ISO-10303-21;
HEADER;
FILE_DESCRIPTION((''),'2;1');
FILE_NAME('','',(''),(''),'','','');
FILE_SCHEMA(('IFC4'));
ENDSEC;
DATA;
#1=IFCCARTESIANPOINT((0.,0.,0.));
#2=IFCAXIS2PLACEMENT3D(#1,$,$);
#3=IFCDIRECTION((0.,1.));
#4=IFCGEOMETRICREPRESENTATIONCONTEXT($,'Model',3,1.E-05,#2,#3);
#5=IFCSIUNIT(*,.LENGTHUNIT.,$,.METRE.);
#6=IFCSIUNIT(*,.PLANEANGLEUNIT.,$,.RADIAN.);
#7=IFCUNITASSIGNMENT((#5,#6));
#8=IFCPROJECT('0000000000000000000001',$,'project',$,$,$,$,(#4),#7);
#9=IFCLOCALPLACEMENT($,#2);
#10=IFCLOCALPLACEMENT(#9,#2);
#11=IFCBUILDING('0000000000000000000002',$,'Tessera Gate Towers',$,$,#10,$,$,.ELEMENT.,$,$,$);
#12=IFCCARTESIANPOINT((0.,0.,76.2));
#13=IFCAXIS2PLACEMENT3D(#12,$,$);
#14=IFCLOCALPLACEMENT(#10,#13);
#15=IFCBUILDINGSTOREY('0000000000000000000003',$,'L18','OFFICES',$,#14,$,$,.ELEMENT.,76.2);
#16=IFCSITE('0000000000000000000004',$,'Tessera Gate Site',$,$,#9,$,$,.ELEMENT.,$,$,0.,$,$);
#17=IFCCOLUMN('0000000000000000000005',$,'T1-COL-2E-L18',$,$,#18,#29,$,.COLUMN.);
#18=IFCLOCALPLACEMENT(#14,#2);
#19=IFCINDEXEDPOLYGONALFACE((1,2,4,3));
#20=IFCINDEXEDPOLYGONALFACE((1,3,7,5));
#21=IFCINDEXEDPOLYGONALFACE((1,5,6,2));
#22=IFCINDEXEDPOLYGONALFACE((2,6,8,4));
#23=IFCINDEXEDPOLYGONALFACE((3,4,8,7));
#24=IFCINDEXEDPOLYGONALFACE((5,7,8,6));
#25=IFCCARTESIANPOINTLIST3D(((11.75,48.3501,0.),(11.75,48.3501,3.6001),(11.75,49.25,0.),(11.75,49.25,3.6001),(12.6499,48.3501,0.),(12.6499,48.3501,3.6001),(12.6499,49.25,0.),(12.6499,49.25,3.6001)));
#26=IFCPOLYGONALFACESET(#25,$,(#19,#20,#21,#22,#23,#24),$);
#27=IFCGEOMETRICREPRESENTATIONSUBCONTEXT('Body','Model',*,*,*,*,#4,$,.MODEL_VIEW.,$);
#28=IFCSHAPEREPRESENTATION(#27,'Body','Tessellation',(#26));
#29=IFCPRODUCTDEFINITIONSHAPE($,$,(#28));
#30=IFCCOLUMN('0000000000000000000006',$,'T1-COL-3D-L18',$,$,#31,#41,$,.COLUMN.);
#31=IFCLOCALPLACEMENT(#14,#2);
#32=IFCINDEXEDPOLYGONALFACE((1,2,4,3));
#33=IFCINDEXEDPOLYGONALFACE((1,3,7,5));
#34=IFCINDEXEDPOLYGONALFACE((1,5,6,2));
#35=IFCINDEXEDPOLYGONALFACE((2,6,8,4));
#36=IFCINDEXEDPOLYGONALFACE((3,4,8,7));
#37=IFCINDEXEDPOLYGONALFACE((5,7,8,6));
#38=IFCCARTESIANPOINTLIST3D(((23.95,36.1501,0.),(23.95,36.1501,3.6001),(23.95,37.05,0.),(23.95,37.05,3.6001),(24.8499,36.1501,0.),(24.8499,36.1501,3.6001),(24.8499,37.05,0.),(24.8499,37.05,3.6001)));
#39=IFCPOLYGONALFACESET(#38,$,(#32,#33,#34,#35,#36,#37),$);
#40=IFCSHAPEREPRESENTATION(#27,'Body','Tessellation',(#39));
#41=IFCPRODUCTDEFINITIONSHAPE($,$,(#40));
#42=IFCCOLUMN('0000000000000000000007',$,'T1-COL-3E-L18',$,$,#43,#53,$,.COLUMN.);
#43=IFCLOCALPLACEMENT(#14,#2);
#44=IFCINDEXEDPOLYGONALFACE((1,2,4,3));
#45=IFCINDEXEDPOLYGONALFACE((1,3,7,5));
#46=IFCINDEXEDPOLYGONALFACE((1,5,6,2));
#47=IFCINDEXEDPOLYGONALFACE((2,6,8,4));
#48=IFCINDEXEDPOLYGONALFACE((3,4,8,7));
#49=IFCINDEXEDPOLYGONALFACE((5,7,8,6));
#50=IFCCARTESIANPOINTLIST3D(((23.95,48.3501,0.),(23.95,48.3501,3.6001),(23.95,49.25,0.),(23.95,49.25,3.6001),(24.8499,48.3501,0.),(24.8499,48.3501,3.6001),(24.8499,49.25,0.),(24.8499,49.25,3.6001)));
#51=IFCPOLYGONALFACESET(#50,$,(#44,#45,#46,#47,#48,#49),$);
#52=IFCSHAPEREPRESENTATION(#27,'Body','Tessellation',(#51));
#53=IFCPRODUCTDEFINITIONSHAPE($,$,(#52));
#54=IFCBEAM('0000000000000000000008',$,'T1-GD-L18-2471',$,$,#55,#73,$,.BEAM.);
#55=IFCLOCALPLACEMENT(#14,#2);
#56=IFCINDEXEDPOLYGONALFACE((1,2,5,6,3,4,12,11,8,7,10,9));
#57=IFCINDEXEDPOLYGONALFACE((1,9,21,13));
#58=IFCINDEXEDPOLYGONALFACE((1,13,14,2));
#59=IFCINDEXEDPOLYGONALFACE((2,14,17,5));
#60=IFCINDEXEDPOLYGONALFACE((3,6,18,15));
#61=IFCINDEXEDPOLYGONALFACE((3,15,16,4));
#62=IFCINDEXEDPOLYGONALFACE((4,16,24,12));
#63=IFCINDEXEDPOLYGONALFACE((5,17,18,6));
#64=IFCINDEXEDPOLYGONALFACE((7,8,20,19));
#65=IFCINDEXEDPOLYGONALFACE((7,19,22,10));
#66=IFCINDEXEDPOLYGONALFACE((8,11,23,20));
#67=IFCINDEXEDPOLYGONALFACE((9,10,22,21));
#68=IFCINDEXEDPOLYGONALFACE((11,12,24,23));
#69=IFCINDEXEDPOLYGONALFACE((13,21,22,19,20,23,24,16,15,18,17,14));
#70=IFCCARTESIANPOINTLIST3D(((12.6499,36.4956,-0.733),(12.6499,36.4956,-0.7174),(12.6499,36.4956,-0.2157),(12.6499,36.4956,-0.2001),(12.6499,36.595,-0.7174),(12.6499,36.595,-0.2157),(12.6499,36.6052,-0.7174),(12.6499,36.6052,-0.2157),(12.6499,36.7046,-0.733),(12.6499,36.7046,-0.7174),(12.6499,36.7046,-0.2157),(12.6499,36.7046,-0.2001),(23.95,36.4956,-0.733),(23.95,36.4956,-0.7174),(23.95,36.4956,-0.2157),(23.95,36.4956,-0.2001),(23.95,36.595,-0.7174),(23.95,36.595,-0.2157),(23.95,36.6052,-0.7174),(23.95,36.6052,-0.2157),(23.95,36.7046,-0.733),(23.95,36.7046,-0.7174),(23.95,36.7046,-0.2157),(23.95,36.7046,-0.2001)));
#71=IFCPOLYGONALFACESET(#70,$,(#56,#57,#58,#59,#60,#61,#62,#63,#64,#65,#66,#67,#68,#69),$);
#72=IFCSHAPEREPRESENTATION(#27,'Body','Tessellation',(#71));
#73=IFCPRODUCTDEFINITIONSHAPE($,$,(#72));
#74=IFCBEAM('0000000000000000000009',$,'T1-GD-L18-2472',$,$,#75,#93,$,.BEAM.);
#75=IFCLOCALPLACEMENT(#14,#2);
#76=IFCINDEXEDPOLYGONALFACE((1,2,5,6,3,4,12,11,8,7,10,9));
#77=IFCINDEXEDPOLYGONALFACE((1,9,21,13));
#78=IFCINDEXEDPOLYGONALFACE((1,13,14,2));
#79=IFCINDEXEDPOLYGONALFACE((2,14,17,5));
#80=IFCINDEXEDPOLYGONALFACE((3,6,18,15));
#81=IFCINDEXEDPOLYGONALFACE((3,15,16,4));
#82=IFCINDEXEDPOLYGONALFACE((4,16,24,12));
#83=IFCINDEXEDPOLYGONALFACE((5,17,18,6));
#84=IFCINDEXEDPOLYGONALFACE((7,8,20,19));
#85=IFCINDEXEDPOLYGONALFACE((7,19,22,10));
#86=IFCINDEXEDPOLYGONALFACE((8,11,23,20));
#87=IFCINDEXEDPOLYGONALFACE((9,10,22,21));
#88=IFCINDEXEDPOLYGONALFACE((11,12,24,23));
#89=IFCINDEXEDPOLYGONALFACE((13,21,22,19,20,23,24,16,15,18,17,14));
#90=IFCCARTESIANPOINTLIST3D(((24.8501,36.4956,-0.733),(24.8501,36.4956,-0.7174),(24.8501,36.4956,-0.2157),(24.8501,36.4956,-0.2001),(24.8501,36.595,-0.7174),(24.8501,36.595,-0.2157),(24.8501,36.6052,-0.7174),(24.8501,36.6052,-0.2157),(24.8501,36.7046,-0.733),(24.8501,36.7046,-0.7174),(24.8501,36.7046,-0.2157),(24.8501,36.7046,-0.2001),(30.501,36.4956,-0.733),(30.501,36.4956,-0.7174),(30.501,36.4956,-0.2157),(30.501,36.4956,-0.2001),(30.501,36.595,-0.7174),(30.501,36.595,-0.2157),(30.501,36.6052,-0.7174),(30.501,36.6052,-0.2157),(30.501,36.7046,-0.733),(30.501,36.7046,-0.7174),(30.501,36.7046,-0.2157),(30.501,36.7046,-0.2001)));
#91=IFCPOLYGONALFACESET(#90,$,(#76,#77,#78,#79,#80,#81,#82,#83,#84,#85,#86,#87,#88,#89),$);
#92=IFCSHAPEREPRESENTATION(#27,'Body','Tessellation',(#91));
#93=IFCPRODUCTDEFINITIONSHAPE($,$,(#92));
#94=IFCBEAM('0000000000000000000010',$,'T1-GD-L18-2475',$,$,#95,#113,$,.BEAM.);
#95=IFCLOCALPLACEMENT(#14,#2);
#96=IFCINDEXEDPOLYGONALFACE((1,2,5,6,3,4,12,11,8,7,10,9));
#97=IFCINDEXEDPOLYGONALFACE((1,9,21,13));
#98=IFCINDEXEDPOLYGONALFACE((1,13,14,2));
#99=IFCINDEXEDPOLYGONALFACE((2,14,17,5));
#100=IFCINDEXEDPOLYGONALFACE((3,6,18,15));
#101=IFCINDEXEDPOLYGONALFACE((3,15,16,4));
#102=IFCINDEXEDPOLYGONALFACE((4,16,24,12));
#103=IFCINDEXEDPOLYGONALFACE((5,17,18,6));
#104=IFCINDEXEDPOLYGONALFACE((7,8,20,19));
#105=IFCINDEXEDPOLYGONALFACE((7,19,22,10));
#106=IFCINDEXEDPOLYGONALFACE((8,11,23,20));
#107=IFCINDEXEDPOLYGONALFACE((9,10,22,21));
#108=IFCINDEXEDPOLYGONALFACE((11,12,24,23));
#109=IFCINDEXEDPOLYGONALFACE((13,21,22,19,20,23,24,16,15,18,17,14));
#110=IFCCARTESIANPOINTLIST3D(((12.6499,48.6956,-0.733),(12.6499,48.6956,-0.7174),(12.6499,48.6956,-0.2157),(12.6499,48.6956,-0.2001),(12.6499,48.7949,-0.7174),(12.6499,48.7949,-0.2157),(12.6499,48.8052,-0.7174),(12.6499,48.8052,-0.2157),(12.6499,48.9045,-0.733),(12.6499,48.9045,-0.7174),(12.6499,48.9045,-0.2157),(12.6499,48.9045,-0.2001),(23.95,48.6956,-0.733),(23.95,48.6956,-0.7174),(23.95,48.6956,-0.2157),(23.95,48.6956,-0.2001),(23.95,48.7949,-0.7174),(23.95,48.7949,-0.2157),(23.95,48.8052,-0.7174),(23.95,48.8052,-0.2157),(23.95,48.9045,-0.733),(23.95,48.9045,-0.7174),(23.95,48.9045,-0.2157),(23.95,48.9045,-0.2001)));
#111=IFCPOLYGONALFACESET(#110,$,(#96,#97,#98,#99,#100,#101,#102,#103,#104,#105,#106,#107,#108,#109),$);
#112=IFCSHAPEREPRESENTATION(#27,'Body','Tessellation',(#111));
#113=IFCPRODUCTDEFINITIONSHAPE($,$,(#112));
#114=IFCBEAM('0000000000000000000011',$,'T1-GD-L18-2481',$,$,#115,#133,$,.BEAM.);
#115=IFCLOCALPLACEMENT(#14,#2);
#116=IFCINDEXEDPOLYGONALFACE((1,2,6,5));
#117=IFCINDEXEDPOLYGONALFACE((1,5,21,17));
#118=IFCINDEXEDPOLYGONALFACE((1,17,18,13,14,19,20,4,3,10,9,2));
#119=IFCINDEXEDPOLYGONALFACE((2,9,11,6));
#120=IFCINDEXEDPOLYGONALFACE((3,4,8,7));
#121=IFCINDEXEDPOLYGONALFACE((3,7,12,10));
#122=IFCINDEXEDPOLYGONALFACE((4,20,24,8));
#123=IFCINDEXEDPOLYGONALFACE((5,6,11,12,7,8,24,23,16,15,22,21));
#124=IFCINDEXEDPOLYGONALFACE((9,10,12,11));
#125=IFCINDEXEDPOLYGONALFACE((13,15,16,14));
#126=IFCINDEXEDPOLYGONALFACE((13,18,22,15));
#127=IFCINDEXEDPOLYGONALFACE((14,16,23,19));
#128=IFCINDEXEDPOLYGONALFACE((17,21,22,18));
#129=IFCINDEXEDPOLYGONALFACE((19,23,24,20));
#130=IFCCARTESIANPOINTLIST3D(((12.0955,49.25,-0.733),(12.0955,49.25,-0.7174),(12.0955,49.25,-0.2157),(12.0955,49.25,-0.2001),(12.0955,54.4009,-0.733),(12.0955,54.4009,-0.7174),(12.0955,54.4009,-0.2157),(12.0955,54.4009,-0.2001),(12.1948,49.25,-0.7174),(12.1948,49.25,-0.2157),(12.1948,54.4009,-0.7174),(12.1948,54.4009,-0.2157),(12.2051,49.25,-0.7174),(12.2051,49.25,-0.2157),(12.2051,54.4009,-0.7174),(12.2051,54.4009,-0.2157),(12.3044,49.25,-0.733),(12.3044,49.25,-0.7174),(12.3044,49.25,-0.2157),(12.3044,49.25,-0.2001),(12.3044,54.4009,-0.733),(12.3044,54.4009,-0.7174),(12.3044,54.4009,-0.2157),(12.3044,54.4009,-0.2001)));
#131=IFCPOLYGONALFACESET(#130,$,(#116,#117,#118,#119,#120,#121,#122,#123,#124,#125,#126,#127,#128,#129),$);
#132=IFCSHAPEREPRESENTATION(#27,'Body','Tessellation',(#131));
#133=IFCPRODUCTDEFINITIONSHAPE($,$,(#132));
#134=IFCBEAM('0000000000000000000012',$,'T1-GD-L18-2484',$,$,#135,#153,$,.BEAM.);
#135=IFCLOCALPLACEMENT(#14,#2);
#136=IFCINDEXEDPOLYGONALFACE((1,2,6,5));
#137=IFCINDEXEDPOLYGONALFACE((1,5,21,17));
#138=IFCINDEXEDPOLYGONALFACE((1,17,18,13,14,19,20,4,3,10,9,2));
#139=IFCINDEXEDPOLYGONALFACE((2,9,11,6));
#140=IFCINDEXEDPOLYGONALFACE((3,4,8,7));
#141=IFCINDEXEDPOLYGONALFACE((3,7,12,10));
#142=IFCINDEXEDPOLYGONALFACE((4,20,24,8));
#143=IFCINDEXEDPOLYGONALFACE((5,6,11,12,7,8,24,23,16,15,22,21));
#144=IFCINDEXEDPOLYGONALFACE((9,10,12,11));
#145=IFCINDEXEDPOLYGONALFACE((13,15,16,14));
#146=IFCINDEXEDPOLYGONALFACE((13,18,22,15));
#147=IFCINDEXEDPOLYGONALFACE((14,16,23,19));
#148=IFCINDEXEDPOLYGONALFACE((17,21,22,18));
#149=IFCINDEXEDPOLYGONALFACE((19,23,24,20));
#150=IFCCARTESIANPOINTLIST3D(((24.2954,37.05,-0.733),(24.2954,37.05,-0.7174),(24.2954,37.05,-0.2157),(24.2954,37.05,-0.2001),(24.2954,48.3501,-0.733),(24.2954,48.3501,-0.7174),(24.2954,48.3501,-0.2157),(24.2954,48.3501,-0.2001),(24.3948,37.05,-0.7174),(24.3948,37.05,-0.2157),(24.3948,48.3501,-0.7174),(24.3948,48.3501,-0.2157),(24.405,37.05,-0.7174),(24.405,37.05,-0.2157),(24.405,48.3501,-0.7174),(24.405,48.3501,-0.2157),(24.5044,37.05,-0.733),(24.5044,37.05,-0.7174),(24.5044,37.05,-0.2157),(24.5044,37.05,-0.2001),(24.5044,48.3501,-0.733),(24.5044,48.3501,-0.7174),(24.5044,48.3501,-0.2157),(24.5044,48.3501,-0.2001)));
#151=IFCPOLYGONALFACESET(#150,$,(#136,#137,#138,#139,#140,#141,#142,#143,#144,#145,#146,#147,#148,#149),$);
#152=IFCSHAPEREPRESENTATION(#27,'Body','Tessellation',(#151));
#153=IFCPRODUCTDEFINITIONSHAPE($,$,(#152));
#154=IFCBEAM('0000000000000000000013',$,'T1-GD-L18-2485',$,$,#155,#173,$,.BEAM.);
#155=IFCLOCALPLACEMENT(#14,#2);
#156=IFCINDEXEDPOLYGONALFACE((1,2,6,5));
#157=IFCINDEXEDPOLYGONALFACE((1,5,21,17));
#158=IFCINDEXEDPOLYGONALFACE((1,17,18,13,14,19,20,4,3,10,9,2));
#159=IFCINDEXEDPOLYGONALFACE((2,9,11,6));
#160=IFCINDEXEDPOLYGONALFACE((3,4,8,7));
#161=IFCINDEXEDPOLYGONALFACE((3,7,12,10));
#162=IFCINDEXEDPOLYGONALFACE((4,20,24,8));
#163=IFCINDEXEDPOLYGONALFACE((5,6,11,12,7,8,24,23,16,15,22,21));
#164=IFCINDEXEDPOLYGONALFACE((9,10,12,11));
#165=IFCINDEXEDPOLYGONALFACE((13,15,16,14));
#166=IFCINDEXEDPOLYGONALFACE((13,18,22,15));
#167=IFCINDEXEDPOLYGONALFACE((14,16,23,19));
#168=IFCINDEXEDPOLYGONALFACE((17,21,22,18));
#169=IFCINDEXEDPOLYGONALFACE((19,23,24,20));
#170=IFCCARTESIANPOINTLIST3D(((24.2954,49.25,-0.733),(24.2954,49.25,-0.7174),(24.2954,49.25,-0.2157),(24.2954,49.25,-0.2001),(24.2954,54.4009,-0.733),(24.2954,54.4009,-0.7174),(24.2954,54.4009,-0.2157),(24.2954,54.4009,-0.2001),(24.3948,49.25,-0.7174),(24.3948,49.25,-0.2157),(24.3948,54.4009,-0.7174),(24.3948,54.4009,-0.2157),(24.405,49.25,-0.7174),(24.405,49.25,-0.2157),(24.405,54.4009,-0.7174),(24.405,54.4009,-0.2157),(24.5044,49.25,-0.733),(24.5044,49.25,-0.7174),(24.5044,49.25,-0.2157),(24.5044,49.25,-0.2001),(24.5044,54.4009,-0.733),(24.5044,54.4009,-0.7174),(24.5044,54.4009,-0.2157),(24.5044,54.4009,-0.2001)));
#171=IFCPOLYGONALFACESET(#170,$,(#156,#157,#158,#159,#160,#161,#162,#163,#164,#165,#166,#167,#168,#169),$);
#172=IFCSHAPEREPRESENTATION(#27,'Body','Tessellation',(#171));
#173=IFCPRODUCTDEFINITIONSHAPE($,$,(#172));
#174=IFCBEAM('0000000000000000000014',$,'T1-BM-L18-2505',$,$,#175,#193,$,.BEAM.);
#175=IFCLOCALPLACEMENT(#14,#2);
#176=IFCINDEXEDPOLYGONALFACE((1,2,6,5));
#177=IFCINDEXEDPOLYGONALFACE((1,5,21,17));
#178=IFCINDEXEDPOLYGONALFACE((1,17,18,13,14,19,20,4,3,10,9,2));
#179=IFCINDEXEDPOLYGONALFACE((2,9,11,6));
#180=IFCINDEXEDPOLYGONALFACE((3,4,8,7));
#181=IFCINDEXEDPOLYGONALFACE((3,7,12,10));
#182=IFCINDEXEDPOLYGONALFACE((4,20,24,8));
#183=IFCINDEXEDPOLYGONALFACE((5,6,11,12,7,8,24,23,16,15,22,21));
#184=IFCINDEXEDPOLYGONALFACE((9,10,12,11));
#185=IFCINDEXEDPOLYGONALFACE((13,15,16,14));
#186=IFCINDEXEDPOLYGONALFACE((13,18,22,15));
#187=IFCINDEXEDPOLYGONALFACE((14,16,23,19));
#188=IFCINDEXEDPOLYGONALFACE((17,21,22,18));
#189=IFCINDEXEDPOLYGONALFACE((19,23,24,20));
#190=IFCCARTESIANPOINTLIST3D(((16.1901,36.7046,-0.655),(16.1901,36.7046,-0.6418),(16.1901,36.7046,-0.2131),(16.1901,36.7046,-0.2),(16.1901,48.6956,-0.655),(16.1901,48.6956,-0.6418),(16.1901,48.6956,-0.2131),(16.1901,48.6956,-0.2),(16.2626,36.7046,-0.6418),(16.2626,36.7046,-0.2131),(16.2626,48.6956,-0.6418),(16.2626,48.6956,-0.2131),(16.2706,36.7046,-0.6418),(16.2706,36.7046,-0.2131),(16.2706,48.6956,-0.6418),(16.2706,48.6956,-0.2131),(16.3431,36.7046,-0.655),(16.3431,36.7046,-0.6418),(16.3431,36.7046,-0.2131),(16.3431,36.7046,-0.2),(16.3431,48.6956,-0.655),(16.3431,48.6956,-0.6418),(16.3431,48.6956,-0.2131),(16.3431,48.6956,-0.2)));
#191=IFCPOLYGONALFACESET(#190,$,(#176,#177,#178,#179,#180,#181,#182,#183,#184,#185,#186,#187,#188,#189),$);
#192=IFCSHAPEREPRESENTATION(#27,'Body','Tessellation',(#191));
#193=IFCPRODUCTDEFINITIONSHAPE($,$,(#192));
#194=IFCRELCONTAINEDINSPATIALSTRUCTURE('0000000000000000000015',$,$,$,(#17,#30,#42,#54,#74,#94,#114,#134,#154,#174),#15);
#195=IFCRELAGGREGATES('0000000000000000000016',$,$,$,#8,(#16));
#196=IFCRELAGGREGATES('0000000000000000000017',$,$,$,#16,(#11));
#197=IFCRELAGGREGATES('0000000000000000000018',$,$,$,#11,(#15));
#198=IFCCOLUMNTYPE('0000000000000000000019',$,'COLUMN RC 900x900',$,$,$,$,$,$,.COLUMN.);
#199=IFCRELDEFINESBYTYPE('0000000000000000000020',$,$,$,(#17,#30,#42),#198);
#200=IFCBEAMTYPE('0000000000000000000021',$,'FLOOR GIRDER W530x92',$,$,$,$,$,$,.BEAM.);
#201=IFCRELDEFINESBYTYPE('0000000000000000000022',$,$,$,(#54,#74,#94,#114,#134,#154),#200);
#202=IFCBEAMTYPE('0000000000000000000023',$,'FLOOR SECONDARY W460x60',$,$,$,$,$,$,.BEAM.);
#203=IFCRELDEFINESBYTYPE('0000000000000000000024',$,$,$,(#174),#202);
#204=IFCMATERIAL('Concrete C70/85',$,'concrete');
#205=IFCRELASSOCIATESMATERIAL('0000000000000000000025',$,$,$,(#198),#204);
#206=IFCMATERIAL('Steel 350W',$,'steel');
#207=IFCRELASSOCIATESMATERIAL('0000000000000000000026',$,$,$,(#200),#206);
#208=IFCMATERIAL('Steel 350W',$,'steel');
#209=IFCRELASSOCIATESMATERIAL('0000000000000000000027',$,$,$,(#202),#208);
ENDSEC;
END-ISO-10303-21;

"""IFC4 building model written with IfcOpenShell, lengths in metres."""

from ifc_helpers import new_model, si_unit, direction, frame, origin, origin_2d, place, context, subcontext, project, spatial, rectangle, i_section, extrude, material, material_profile, profile_set, type_object, element, save


model = new_model("IFC4")

# Units and contexts
model_context = context("Model", 3, precision=1e-05, world=origin(), true_north=direction((0.0, 1.0)))
body_context = subcontext(model_context, "Body", "Model", "MODEL_VIEW")
ifc_project = project(units=[si_unit("LENGTHUNIT", "METRE"), si_unit("PLANEANGLEUNIT", "RADIAN")], contexts=[model_context])

# Site, building, storey
site_placement = place(None, origin())
site = spatial("IfcSite", under=ifc_project, at=site_placement, Name="Tessera Gate Site", CompositionType="ELEMENT", RefElevation=0.0)
building_placement = place(site_placement, origin())
building = spatial("IfcBuilding", under=site, at=building_placement, Name="Tessera Gate Towers", CompositionType="ELEMENT")
storey_placement = place(building_placement, frame((0.0, 0.0, 76.2)))
storey = spatial("IfcBuildingStorey", under=building, at=storey_placement, Name="L18", Description="OFFICES", CompositionType="ELEMENT", Elevation=76.2)

# Columns
ifc_material_1 = material(Name="Concrete C70/85", Category="concrete")
ifc_material_profile_1 = material_profile(ifc_material_1, rectangle(XDim=0.8999, YDim=0.8999, at=origin_2d()), Name="RC 900x900")
ifc_profile_set_1 = profile_set([ifc_material_profile_1], Name="Concrete C70/85")
column_type = type_object("IfcColumnType", Name="COLUMN RC 900x900", PredefinedType="COLUMN", material=ifc_profile_set_1)
for number, where, z_axis, x_axis, name in (
    (1, (12.2, 48.8, 0.0), (0.0, 0.0, 1.0), (1.0, 0.0, 0.0), "T1-COL-2E-L18"),
    (2, (24.3999, 36.6001, 0.0), (0.0, 0.0, 1.0), (1.0, 0.0, 0.0), "T1-COL-3D-L18"),
    (3, (24.3999, 48.8, 0.0), (0.0, 0.0, 1.0), (1.0, 0.0, 0.0), "T1-COL-3E-L18"),
):
    element("IfcColumn", number, at=place(storey_placement, frame(where, z_axis=z_axis, x_axis=x_axis)), inside=storey, type_object=column_type, Name=name, PredefinedType="COLUMN", context=body_context, shape_type="SweptSolid", body=[
        extrude(rectangle(XDim=0.8999, YDim=0.8999, at=origin_2d()), origin(), (0.0, 0.0, 1.0), 3.6001),
    ])

# Beams
ifc_material_2 = material(Name="Steel 350W", Category="steel")
ifc_material_profile_2 = material_profile(ifc_material_2, i_section(OverallWidth=0.209, OverallDepth=0.533, WebThickness=0.0103, FlangeThickness=0.0156, at=origin_2d()), Name="W530x92")
ifc_profile_set_2 = profile_set([ifc_material_profile_2], Name="Steel 350W")
beam_type_1 = type_object("IfcBeamType", Name="FLOOR GIRDER W530x92", PredefinedType="BEAM", material=ifc_profile_set_2)
beam_1_placement = place(storey_placement, frame((12.6499, 36.6001, -0.4666), z_axis=(1.0, 0.0, 0.0), x_axis=(0.0, 1.0, 0.0)))
element("IfcBeam", 4, at=beam_1_placement, inside=storey, type_object=beam_type_1, Name="T1-GD-L18-2471", PredefinedType="BEAM", context=body_context, shape_type="SweptSolid", body=[
    extrude(i_section(OverallWidth=0.209, OverallDepth=0.533, WebThickness=0.0103, FlangeThickness=0.0156, at=origin_2d()), origin(), (0.0, 0.0, 1.0), 11.3),
])
beam_2_placement = place(storey_placement, frame((24.8501, 36.6001, -0.4666), z_axis=(1.0, 0.0, 0.0), x_axis=(0.0, 1.0, 0.0)))
element("IfcBeam", 5, at=beam_2_placement, inside=storey, type_object=beam_type_1, Name="T1-GD-L18-2472", PredefinedType="BEAM", context=body_context, shape_type="SweptSolid", body=[
    extrude(i_section(OverallWidth=0.209, OverallDepth=0.533, WebThickness=0.0103, FlangeThickness=0.0156, at=origin_2d()), origin(), (0.0, 0.0, 1.0), 5.6509),
])
beam_3_placement = place(storey_placement, frame((12.6499, 48.8, -0.4666), z_axis=(1.0, 0.0, 0.0), x_axis=(0.0, 1.0, 0.0)))
element("IfcBeam", 6, at=beam_3_placement, inside=storey, type_object=beam_type_1, Name="T1-GD-L18-2475", PredefinedType="BEAM", context=body_context, shape_type="SweptSolid", body=[
    extrude(i_section(OverallWidth=0.209, OverallDepth=0.533, WebThickness=0.0103, FlangeThickness=0.0156, at=origin_2d()), origin(), (0.0, 0.0, 1.0), 11.3),
])
beam_4_placement = place(storey_placement, frame((12.2, 49.25, -0.4666), z_axis=(0.0, 1.0, 0.0), x_axis=(-1.0, 0.0, 0.0)))
element("IfcBeam", 7, at=beam_4_placement, inside=storey, type_object=beam_type_1, Name="T1-GD-L18-2481", PredefinedType="BEAM", context=body_context, shape_type="SweptSolid", body=[
    extrude(i_section(OverallWidth=0.209, OverallDepth=0.533, WebThickness=0.0103, FlangeThickness=0.0156, at=origin_2d()), origin(), (0.0, 0.0, 1.0), 5.1509),
])
beam_5_placement = place(storey_placement, frame((24.3999, 37.05, -0.4666), z_axis=(0.0, 1.0, 0.0), x_axis=(-1.0, 0.0, 0.0)))
element("IfcBeam", 8, at=beam_5_placement, inside=storey, type_object=beam_type_1, Name="T1-GD-L18-2484", PredefinedType="BEAM", context=body_context, shape_type="SweptSolid", body=[
    extrude(i_section(OverallWidth=0.209, OverallDepth=0.533, WebThickness=0.0103, FlangeThickness=0.0156, at=origin_2d()), origin(), (0.0, 0.0, 1.0), 11.3),
])
beam_6_placement = place(storey_placement, frame((24.3999, 49.25, -0.4666), z_axis=(0.0, 1.0, 0.0), x_axis=(-1.0, 0.0, 0.0)))
element("IfcBeam", 9, at=beam_6_placement, inside=storey, type_object=beam_type_1, Name="T1-GD-L18-2485", PredefinedType="BEAM", context=body_context, shape_type="SweptSolid", body=[
    extrude(i_section(OverallWidth=0.209, OverallDepth=0.533, WebThickness=0.0103, FlangeThickness=0.0156, at=origin_2d()), origin(), (0.0, 0.0, 1.0), 5.1509),
])
ifc_material_3 = material(Name="Steel 350W", Category="steel")
ifc_material_profile_3 = material_profile(ifc_material_3, i_section(OverallWidth=0.1531, OverallDepth=0.4551, WebThickness=0.0081, FlangeThickness=0.0132, at=origin_2d()), Name="W460x60")
ifc_profile_set_3 = profile_set([ifc_material_profile_3], Name="Steel 350W")
beam_type_2 = type_object("IfcBeamType", Name="FLOOR SECONDARY W460x60", PredefinedType="BEAM", material=ifc_profile_set_3)
beam_7_placement = place(storey_placement, frame((16.2666, 36.7046, -0.4275), z_axis=(0.0, 1.0, 0.0), x_axis=(-1.0, 0.0, 0.0)))
element("IfcBeam", 10, at=beam_7_placement, inside=storey, type_object=beam_type_2, Name="T1-BM-L18-2505", PredefinedType="BEAM", context=body_context, shape_type="SweptSolid", body=[
    extrude(i_section(OverallWidth=0.1531, OverallDepth=0.4551, WebThickness=0.0081, FlangeThickness=0.0132, at=origin_2d()), origin(), (0.0, 0.0, 1.0), 11.991),
])

save(model, "model.ifc")
